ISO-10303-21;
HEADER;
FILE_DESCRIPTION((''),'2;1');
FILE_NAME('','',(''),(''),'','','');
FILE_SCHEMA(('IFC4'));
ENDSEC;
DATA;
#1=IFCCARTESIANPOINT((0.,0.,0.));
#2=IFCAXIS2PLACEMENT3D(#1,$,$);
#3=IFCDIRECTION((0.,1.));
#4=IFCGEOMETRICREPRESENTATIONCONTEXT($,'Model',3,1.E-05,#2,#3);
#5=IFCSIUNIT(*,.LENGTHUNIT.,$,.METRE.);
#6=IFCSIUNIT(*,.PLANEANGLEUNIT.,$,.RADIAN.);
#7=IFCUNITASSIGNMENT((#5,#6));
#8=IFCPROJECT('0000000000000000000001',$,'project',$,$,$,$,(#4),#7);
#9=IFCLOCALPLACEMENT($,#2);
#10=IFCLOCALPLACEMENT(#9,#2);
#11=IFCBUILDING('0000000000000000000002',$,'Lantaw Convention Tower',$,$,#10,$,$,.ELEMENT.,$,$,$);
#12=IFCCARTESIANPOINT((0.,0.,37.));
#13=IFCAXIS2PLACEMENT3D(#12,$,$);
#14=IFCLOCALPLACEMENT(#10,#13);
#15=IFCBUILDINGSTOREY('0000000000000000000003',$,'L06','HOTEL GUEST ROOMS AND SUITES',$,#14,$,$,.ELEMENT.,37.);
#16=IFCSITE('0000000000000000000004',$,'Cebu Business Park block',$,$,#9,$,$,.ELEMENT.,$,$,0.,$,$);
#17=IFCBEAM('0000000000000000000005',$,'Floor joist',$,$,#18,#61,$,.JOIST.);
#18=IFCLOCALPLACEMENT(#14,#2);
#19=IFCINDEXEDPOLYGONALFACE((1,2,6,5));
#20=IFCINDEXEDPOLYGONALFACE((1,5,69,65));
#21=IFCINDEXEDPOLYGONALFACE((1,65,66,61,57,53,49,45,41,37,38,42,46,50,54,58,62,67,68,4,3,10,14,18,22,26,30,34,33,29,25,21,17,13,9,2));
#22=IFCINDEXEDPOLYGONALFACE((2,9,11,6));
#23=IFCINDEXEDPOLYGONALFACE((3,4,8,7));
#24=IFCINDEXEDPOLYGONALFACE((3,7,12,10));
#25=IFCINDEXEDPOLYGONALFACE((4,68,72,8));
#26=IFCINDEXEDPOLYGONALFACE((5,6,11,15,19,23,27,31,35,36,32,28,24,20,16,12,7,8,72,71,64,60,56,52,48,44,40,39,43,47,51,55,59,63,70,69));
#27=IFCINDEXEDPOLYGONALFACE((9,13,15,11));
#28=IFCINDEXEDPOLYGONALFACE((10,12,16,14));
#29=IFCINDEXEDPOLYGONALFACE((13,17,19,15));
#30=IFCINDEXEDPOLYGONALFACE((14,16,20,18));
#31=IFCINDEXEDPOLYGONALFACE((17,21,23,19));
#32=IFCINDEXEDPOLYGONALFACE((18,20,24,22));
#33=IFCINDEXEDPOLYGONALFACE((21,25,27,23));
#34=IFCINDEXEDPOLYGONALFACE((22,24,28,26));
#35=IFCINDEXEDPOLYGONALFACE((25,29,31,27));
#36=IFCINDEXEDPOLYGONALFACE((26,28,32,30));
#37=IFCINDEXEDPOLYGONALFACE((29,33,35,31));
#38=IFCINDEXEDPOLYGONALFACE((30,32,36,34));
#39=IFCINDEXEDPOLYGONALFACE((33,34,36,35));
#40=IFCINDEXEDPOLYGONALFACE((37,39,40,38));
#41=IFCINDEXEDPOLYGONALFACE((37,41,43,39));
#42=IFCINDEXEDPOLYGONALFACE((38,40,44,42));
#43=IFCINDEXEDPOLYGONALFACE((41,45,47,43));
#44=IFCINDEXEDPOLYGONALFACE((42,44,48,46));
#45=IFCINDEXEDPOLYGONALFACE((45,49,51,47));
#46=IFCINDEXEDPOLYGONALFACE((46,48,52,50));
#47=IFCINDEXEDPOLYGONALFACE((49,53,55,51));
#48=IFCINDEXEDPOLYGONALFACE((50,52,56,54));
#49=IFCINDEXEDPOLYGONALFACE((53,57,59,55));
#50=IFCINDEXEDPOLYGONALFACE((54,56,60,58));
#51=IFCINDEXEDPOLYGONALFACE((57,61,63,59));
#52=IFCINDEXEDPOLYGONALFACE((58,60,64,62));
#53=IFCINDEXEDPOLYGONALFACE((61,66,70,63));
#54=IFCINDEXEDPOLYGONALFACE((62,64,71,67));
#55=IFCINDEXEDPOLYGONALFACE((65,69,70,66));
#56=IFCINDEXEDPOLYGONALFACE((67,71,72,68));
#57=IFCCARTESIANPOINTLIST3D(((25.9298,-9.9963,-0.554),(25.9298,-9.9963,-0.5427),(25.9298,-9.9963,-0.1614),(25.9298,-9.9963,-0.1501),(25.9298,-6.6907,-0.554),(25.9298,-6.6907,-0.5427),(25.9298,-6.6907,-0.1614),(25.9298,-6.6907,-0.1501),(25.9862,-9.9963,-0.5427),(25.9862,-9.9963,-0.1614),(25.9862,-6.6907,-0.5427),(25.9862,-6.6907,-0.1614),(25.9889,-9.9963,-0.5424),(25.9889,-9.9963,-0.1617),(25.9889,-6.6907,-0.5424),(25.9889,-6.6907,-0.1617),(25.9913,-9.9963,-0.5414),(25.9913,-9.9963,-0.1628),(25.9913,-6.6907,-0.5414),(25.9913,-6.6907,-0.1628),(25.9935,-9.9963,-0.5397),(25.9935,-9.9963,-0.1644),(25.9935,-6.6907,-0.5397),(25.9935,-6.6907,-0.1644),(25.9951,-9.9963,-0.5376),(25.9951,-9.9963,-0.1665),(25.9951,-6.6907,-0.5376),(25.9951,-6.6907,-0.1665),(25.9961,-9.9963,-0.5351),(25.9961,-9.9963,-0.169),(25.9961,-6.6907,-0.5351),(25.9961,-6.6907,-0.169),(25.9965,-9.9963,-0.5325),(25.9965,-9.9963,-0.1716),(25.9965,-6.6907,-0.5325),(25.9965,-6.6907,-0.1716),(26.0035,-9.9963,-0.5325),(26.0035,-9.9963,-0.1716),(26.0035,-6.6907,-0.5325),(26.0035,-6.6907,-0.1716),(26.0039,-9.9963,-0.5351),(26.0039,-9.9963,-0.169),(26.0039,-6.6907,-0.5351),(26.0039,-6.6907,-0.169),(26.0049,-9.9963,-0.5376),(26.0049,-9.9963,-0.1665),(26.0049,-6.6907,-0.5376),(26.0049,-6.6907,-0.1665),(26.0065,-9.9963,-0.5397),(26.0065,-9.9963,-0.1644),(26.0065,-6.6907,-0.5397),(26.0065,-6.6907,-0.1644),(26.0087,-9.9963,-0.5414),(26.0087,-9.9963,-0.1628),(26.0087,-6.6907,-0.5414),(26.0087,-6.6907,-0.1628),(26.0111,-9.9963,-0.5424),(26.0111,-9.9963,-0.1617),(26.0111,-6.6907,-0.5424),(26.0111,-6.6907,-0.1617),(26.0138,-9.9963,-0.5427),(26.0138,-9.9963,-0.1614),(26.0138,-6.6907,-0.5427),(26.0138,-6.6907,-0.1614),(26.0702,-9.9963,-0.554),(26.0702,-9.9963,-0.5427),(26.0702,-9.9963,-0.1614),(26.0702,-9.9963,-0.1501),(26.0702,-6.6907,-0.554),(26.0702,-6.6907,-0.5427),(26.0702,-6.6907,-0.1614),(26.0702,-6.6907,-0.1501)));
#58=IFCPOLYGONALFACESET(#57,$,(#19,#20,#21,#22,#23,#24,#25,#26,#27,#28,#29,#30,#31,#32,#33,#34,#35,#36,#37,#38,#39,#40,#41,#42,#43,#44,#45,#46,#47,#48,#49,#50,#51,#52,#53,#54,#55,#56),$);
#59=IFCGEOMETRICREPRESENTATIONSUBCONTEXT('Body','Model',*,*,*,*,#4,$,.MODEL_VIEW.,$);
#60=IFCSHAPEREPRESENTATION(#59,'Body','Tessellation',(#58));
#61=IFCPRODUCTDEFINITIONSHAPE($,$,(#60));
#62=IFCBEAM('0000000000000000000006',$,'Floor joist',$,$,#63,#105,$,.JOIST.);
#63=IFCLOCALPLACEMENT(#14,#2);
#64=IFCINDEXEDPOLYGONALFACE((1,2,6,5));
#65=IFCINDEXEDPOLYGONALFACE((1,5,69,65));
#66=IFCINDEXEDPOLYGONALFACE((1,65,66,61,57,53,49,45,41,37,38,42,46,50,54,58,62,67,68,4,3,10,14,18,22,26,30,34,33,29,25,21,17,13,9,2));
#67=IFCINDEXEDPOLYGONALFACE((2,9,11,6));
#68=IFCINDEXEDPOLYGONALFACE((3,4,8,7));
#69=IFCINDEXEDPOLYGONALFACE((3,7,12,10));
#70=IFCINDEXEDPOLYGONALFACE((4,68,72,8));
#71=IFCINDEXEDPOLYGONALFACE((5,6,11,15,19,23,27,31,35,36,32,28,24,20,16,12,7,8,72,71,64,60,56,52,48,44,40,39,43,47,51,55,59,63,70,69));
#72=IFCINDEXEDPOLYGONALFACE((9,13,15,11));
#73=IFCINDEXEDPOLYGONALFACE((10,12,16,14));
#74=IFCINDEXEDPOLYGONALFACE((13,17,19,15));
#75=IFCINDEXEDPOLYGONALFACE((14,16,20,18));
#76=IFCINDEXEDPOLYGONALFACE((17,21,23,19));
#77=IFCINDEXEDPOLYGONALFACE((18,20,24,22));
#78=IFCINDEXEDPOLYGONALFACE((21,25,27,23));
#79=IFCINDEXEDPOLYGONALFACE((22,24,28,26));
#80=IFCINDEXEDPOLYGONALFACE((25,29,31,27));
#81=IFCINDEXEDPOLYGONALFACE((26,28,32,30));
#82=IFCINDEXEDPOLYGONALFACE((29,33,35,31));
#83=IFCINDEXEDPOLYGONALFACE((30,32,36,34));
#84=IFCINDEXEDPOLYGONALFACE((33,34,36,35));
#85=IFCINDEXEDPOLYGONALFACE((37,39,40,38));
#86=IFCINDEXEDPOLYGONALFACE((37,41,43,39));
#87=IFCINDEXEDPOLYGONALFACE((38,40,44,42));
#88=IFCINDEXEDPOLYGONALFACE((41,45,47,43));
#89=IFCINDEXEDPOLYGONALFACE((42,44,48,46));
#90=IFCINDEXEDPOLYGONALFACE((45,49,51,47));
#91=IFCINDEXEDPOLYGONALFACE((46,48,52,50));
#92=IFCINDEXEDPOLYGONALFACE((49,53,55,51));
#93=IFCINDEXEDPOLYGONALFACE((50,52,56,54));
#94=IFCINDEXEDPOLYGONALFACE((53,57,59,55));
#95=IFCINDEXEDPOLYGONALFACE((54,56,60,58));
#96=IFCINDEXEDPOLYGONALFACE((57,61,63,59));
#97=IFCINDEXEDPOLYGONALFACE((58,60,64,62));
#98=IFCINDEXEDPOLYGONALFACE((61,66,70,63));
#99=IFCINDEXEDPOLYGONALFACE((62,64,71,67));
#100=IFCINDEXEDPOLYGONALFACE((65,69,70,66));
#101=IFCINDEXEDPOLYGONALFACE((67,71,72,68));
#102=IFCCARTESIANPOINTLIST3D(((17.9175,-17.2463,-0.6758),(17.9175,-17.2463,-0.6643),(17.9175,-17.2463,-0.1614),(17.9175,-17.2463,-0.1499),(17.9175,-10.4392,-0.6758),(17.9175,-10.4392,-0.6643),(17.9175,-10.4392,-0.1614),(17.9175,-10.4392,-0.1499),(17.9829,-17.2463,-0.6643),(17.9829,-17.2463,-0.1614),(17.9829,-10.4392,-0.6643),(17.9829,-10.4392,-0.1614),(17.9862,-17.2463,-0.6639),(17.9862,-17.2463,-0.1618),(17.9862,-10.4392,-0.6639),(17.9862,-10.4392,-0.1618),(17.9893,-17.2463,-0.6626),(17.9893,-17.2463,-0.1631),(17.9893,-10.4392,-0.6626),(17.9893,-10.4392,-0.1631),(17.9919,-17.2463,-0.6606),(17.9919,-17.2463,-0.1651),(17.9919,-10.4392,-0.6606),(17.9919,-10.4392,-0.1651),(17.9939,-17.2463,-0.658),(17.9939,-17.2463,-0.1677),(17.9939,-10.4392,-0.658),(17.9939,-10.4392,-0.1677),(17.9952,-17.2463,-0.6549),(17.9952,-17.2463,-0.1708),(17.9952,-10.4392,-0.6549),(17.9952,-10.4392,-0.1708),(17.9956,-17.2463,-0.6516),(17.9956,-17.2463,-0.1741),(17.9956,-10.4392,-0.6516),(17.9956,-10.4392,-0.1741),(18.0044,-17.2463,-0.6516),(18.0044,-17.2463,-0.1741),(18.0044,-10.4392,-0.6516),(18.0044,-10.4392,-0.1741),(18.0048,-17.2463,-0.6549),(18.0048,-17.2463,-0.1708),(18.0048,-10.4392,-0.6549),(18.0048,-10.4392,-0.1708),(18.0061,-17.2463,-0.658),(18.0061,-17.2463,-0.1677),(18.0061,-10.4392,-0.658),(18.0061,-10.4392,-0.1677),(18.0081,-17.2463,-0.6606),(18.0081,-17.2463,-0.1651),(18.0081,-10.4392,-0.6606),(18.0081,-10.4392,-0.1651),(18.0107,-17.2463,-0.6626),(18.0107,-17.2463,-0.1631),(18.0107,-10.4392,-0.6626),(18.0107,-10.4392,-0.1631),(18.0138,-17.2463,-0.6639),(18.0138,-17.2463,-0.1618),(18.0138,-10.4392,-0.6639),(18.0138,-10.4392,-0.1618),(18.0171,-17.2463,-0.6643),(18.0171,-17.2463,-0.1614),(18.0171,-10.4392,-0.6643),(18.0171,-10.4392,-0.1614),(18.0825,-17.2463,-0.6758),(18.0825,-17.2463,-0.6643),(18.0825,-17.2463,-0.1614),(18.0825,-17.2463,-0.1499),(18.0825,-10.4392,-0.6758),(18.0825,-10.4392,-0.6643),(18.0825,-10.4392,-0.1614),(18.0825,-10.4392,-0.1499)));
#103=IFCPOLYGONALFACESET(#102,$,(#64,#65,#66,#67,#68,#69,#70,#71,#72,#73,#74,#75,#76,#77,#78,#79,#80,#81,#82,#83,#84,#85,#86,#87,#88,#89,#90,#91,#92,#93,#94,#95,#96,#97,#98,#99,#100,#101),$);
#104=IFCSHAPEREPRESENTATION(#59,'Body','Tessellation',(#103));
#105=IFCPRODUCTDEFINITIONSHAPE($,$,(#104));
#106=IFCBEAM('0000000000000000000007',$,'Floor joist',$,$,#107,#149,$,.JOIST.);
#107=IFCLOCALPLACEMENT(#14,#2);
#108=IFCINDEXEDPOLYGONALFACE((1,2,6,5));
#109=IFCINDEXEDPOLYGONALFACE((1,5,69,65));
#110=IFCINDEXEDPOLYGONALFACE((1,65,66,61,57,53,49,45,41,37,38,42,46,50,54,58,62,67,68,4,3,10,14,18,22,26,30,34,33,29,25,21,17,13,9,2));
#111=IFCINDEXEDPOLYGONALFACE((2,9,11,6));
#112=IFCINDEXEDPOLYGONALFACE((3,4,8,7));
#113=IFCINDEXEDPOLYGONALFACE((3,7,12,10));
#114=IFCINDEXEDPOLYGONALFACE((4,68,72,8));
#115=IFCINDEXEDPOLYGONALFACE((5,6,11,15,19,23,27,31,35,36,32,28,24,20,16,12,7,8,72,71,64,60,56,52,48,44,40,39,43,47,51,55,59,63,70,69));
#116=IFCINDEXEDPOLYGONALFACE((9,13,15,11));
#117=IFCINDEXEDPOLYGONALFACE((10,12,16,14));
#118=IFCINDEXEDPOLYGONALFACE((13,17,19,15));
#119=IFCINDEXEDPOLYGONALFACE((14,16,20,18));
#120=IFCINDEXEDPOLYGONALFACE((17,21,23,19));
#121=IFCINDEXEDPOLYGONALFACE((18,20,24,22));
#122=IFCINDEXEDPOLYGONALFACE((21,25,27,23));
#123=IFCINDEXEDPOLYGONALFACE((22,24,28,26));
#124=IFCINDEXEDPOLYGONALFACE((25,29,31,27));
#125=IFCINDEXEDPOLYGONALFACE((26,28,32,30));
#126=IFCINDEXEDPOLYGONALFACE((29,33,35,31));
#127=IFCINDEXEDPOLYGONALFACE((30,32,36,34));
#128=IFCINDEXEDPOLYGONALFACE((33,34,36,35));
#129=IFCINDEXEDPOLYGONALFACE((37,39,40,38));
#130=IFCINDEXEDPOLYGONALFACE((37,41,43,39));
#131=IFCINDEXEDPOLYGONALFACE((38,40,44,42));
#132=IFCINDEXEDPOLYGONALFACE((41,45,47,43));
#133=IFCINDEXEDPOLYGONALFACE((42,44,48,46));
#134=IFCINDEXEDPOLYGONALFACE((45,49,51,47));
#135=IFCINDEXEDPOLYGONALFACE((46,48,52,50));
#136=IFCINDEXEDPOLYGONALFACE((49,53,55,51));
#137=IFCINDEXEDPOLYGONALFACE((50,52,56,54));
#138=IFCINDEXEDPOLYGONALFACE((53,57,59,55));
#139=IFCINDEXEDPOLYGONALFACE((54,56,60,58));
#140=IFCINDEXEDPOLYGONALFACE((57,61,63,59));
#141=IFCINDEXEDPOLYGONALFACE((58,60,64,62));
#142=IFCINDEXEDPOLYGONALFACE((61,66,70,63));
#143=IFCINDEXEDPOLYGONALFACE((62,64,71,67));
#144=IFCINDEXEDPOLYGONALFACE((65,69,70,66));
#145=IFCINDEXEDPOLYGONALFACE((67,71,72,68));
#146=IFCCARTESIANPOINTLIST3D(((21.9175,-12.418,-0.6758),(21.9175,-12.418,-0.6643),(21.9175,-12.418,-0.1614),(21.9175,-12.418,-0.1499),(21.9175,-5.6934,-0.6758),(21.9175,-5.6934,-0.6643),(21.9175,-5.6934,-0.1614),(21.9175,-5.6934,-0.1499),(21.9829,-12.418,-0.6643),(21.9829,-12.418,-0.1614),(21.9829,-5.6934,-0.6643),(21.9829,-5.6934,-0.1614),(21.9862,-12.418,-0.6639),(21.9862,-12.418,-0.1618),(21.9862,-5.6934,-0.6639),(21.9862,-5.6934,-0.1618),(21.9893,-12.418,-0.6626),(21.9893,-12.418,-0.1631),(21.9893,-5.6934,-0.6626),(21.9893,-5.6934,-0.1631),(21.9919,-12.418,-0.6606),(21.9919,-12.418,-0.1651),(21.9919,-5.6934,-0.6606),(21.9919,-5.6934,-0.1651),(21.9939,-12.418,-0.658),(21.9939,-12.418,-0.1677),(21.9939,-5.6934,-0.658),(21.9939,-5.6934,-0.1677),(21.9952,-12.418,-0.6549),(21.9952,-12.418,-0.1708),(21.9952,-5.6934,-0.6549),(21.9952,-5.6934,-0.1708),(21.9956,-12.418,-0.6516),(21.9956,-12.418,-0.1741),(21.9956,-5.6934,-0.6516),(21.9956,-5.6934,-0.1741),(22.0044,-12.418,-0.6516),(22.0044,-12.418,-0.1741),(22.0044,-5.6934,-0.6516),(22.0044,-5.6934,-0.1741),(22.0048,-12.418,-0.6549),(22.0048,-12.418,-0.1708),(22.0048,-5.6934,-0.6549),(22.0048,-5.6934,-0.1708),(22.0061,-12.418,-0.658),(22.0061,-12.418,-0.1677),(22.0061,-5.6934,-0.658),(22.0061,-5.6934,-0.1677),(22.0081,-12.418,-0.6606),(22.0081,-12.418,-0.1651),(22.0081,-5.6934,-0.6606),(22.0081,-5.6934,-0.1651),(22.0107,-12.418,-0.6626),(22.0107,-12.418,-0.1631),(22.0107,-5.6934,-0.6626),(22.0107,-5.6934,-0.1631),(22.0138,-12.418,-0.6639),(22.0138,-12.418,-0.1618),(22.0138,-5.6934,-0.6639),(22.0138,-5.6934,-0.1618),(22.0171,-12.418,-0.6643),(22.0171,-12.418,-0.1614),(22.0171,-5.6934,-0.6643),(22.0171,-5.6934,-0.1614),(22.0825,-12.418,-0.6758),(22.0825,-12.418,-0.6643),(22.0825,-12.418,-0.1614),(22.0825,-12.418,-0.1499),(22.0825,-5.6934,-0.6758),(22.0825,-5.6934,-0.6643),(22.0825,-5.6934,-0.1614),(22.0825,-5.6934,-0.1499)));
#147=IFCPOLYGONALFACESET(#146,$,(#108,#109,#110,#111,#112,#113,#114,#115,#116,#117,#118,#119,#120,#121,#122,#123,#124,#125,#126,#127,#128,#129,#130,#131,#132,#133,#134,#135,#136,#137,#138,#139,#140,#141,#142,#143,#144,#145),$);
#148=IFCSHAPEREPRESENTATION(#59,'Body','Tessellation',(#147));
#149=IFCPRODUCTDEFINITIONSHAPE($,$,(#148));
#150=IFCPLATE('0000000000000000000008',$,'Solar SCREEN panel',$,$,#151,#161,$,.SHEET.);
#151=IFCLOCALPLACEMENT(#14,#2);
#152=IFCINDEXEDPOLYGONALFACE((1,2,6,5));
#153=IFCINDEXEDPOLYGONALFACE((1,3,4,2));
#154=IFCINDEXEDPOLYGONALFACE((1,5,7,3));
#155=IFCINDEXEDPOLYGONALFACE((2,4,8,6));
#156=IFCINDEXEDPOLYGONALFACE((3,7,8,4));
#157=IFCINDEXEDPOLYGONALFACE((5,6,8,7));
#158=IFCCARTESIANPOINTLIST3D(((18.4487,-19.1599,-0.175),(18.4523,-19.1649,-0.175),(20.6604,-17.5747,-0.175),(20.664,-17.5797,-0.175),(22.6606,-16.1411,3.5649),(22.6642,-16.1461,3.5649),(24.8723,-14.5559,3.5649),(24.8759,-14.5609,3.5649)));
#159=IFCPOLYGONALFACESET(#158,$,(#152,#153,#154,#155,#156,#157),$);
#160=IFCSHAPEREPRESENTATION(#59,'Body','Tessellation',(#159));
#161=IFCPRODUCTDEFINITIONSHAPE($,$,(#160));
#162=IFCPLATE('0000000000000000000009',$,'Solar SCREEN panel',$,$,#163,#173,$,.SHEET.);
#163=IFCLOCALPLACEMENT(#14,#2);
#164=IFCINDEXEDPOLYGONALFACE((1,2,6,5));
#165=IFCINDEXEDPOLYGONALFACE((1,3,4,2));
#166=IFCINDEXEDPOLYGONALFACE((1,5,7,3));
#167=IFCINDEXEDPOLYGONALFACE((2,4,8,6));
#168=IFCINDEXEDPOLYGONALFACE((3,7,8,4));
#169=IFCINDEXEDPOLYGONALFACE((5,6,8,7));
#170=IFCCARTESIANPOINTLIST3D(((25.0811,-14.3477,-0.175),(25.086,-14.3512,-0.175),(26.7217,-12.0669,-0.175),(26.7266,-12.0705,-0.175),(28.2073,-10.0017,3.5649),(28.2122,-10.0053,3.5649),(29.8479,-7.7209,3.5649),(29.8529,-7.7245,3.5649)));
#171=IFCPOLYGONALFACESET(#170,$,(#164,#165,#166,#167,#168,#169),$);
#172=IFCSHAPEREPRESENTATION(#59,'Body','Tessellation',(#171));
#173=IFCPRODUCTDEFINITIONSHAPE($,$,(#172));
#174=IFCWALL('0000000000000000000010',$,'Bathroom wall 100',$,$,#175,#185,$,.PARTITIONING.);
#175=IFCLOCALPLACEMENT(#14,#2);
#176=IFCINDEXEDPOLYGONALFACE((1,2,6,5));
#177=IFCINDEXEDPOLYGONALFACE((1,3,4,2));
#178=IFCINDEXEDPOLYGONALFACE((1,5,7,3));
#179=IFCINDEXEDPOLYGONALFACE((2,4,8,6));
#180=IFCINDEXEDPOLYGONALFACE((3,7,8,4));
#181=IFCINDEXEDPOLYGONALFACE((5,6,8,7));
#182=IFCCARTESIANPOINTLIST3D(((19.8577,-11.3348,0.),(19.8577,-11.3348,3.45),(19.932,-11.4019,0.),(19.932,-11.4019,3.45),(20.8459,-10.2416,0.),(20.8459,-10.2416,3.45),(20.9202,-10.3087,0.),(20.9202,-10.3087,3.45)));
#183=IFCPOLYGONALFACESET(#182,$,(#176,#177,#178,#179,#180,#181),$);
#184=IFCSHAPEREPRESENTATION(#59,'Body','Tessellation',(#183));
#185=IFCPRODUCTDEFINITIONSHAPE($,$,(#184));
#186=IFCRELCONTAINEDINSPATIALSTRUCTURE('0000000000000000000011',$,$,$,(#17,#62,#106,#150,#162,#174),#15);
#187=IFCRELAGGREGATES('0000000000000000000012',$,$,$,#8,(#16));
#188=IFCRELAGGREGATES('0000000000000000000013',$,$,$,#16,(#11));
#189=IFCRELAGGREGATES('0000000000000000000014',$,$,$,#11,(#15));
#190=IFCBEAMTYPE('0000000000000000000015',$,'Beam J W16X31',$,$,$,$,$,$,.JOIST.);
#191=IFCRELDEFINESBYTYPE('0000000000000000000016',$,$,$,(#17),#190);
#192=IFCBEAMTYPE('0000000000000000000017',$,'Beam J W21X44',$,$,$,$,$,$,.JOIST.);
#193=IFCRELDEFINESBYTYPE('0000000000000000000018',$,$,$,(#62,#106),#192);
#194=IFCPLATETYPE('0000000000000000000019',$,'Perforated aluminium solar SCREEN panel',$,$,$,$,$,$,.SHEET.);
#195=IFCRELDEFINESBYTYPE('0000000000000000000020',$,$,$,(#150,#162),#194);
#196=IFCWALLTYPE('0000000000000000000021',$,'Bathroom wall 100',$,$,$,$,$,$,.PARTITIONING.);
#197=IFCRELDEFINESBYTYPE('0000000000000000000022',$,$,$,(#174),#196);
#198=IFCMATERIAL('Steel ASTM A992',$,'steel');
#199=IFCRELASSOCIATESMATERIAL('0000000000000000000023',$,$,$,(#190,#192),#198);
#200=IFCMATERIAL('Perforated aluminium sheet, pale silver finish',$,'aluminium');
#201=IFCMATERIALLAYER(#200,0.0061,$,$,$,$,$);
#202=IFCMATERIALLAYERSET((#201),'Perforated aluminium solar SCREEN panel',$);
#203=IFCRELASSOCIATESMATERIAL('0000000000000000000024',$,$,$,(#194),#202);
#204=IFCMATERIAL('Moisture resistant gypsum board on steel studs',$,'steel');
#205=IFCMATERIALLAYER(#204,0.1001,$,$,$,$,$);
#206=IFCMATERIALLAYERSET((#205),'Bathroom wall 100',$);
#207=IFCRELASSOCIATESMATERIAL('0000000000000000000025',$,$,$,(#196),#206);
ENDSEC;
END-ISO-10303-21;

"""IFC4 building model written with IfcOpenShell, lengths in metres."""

from ifc_helpers import new_model, si_unit, direction, frame, frame_2d, origin, origin_2d, place, context, subcontext, project, spatial, polyline, rectangle, i_section, outline, extrude, material, layer, layer_set, material_profile, profile_set, type_object, element, save


model = new_model("IFC4")

# Units and contexts
model_context = context("Model", 3, precision=1e-05, world=origin(), true_north=direction((0.0, 1.0)))
body_context = subcontext(model_context, "Body", "Model", "MODEL_VIEW")
ifc_project = project(units=[si_unit("LENGTHUNIT", "METRE"), si_unit("PLANEANGLEUNIT", "RADIAN")], contexts=[model_context])

# Site, building, storey
site_placement = place(None, origin())
site = spatial("IfcSite", under=ifc_project, at=site_placement, Name="Cebu Business Park block", CompositionType="ELEMENT", RefElevation=0.0)
building_placement = place(site_placement, origin())
building = spatial("IfcBuilding", under=site, at=building_placement, Name="Lantaw Convention Tower", CompositionType="ELEMENT")
storey_placement = place(building_placement, frame((0.0, 0.0, 37.0)))
storey = spatial("IfcBuildingStorey", under=building, at=storey_placement, Name="L06", Description="HOTEL GUEST ROOMS AND SUITES", CompositionType="ELEMENT", Elevation=37.0)

# Beams
ifc_material_1 = material(Name="Steel ASTM A992", Category="steel")
ifc_material_profile_1 = material_profile(ifc_material_1, i_section(OverallWidth=0.1404, OverallDepth=0.4038, WebThickness=0.0071, FlangeThickness=0.0112, FilletRadius=0.0103, at=origin_2d()), Name="W16X31")
ifc_profile_set_1 = profile_set([ifc_material_profile_1], Name="Steel ASTM A992")
beam_type_1 = type_object("IfcBeamType", Name="Beam J W16X31", PredefinedType="JOIST", material=ifc_profile_set_1)
beam_1_placement = place(storey_placement, frame((26.0, -9.9963, -0.3521), z_axis=(0.0, 1.0, 0.0), x_axis=(-1.0, 0.0, 0.0)))
element("IfcBeam", 1, at=beam_1_placement, inside=storey, type_object=beam_type_1, Name="Floor joist", PredefinedType="JOIST", context=body_context, shape_type="SweptSolid", body=[
    extrude(i_section(OverallWidth=0.1404, OverallDepth=0.4038, WebThickness=0.0071, FlangeThickness=0.0112, FilletRadius=0.0103, at=origin_2d()), origin(), (0.0, 0.0, 1.0), 3.3057),
])
ifc_material_profile_2 = material_profile(ifc_material_1, i_section(OverallWidth=0.165, OverallDepth=0.5259, WebThickness=0.0088, FlangeThickness=0.0115, FilletRadius=0.0127, at=origin_2d()), Name="W21X44")
ifc_profile_set_2 = profile_set([ifc_material_profile_2], Name="Steel ASTM A992")
beam_type_2 = type_object("IfcBeamType", Name="Beam J W21X44", PredefinedType="JOIST", material=ifc_profile_set_2)
beam_2_placement = place(storey_placement, frame((18.0, -17.2463, -0.4128), z_axis=(0.0, 1.0, 0.0), x_axis=(-1.0, 0.0, 0.0)))
element("IfcBeam", 2, at=beam_2_placement, inside=storey, type_object=beam_type_2, Name="Floor joist", PredefinedType="JOIST", context=body_context, shape_type="SweptSolid", body=[
    extrude(i_section(OverallWidth=0.165, OverallDepth=0.5259, WebThickness=0.0088, FlangeThickness=0.0115, FilletRadius=0.0127, at=origin_2d()), origin(), (0.0, 0.0, 1.0), 6.8071),
])
beam_3_placement = place(storey_placement, frame((22.0, -12.418, -0.4128), z_axis=(0.0, 1.0, 0.0), x_axis=(-1.0, 0.0, 0.0)))
element("IfcBeam", 3, at=beam_3_placement, inside=storey, type_object=beam_type_2, Name="Floor joist", PredefinedType="JOIST", context=body_context, shape_type="SweptSolid", body=[
    extrude(i_section(OverallWidth=0.165, OverallDepth=0.5259, WebThickness=0.0088, FlangeThickness=0.0115, FilletRadius=0.0127, at=origin_2d()), origin(), (0.0, 0.0, 1.0), 6.7246),
])

# Plates
ifc_material_2 = material(Name="Perforated aluminium sheet, pale silver finish", Category="aluminium")
ifc_layer_1 = layer(ifc_material_2, 0.0061)
ifc_layer_set_1 = layer_set([ifc_layer_1], Name="Perforated aluminium solar SCREEN panel")
plate_type = type_object("IfcPlateType", Name="Perforated aluminium solar SCREEN panel", PredefinedType="SHEET", material=ifc_layer_set_1)
plate_1_placement = place(storey_placement, frame((18.4487, -19.1599, -0.175), z_axis=(-0.582561, 0.812787, 0.000016), x_axis=(0.812787, 0.582561, 0.0)))
element("IfcPlate", 4, at=plate_1_placement, inside=storey, type_object=plate_type, Name="Solar SCREEN panel", PredefinedType="SHEET", context=body_context, shape_type="SweptSolid", body=[
    extrude(outline(polyline([(0.0, 0.0), (2.7211, 0.0), (7.9031, -3.74), (5.182, -3.74), (0.0, 0.0)])), origin(), (0.0, 0.0, -1.0), 0.0061),
])
plate_2_placement = place(storey_placement, frame((25.0811, -14.3477, -0.175), z_axis=(-0.811791, 0.583948, 0.000009), x_axis=(0.583948, 0.811791, 0.0)))
element("IfcPlate", 5, at=plate_2_placement, inside=storey, type_object=plate_type, Name="Solar SCREEN panel", PredefinedType="SHEET", context=body_context, shape_type="SweptSolid", body=[
    extrude(outline(polyline([(0.0, 0.0), (2.8095, 0.0), (8.1631, -3.74), (5.3536, -3.74), (0.0, 0.0)])), origin(), (0.0, 0.0, -1.0), 0.0061),
])

# Wall
ifc_material_3 = material(Name="Moisture resistant gypsum board on steel studs", Category="steel")
ifc_layer_2 = layer(ifc_material_3, 0.1001)
ifc_layer_set_2 = layer_set([ifc_layer_2], Name="Bathroom wall 100")
wall_type_1 = type_object("IfcWallType", Name="Bathroom wall 100", PredefinedType="PARTITIONING", material=ifc_layer_set_2)
wall_1_placement = place(storey_placement, frame((20.8831, -10.2751, 0.0), z_axis=(0.0, 0.0, 1.0), x_axis=(-0.670592, -0.741826, 0.0)))
element("IfcWall", 6, at=wall_1_placement, inside=storey, type_object=wall_type_1, Name="Bathroom wall 100", PredefinedType="PARTITIONING", context=body_context, shape_type="SweptSolid", body=[
    extrude(rectangle(XDim=1.4736, YDim=0.1001, at=frame_2d((0.7368, 0.0))), origin(), (0.0, 0.0, 1.0), 3.45),
])

save(model, "model.ifc")
